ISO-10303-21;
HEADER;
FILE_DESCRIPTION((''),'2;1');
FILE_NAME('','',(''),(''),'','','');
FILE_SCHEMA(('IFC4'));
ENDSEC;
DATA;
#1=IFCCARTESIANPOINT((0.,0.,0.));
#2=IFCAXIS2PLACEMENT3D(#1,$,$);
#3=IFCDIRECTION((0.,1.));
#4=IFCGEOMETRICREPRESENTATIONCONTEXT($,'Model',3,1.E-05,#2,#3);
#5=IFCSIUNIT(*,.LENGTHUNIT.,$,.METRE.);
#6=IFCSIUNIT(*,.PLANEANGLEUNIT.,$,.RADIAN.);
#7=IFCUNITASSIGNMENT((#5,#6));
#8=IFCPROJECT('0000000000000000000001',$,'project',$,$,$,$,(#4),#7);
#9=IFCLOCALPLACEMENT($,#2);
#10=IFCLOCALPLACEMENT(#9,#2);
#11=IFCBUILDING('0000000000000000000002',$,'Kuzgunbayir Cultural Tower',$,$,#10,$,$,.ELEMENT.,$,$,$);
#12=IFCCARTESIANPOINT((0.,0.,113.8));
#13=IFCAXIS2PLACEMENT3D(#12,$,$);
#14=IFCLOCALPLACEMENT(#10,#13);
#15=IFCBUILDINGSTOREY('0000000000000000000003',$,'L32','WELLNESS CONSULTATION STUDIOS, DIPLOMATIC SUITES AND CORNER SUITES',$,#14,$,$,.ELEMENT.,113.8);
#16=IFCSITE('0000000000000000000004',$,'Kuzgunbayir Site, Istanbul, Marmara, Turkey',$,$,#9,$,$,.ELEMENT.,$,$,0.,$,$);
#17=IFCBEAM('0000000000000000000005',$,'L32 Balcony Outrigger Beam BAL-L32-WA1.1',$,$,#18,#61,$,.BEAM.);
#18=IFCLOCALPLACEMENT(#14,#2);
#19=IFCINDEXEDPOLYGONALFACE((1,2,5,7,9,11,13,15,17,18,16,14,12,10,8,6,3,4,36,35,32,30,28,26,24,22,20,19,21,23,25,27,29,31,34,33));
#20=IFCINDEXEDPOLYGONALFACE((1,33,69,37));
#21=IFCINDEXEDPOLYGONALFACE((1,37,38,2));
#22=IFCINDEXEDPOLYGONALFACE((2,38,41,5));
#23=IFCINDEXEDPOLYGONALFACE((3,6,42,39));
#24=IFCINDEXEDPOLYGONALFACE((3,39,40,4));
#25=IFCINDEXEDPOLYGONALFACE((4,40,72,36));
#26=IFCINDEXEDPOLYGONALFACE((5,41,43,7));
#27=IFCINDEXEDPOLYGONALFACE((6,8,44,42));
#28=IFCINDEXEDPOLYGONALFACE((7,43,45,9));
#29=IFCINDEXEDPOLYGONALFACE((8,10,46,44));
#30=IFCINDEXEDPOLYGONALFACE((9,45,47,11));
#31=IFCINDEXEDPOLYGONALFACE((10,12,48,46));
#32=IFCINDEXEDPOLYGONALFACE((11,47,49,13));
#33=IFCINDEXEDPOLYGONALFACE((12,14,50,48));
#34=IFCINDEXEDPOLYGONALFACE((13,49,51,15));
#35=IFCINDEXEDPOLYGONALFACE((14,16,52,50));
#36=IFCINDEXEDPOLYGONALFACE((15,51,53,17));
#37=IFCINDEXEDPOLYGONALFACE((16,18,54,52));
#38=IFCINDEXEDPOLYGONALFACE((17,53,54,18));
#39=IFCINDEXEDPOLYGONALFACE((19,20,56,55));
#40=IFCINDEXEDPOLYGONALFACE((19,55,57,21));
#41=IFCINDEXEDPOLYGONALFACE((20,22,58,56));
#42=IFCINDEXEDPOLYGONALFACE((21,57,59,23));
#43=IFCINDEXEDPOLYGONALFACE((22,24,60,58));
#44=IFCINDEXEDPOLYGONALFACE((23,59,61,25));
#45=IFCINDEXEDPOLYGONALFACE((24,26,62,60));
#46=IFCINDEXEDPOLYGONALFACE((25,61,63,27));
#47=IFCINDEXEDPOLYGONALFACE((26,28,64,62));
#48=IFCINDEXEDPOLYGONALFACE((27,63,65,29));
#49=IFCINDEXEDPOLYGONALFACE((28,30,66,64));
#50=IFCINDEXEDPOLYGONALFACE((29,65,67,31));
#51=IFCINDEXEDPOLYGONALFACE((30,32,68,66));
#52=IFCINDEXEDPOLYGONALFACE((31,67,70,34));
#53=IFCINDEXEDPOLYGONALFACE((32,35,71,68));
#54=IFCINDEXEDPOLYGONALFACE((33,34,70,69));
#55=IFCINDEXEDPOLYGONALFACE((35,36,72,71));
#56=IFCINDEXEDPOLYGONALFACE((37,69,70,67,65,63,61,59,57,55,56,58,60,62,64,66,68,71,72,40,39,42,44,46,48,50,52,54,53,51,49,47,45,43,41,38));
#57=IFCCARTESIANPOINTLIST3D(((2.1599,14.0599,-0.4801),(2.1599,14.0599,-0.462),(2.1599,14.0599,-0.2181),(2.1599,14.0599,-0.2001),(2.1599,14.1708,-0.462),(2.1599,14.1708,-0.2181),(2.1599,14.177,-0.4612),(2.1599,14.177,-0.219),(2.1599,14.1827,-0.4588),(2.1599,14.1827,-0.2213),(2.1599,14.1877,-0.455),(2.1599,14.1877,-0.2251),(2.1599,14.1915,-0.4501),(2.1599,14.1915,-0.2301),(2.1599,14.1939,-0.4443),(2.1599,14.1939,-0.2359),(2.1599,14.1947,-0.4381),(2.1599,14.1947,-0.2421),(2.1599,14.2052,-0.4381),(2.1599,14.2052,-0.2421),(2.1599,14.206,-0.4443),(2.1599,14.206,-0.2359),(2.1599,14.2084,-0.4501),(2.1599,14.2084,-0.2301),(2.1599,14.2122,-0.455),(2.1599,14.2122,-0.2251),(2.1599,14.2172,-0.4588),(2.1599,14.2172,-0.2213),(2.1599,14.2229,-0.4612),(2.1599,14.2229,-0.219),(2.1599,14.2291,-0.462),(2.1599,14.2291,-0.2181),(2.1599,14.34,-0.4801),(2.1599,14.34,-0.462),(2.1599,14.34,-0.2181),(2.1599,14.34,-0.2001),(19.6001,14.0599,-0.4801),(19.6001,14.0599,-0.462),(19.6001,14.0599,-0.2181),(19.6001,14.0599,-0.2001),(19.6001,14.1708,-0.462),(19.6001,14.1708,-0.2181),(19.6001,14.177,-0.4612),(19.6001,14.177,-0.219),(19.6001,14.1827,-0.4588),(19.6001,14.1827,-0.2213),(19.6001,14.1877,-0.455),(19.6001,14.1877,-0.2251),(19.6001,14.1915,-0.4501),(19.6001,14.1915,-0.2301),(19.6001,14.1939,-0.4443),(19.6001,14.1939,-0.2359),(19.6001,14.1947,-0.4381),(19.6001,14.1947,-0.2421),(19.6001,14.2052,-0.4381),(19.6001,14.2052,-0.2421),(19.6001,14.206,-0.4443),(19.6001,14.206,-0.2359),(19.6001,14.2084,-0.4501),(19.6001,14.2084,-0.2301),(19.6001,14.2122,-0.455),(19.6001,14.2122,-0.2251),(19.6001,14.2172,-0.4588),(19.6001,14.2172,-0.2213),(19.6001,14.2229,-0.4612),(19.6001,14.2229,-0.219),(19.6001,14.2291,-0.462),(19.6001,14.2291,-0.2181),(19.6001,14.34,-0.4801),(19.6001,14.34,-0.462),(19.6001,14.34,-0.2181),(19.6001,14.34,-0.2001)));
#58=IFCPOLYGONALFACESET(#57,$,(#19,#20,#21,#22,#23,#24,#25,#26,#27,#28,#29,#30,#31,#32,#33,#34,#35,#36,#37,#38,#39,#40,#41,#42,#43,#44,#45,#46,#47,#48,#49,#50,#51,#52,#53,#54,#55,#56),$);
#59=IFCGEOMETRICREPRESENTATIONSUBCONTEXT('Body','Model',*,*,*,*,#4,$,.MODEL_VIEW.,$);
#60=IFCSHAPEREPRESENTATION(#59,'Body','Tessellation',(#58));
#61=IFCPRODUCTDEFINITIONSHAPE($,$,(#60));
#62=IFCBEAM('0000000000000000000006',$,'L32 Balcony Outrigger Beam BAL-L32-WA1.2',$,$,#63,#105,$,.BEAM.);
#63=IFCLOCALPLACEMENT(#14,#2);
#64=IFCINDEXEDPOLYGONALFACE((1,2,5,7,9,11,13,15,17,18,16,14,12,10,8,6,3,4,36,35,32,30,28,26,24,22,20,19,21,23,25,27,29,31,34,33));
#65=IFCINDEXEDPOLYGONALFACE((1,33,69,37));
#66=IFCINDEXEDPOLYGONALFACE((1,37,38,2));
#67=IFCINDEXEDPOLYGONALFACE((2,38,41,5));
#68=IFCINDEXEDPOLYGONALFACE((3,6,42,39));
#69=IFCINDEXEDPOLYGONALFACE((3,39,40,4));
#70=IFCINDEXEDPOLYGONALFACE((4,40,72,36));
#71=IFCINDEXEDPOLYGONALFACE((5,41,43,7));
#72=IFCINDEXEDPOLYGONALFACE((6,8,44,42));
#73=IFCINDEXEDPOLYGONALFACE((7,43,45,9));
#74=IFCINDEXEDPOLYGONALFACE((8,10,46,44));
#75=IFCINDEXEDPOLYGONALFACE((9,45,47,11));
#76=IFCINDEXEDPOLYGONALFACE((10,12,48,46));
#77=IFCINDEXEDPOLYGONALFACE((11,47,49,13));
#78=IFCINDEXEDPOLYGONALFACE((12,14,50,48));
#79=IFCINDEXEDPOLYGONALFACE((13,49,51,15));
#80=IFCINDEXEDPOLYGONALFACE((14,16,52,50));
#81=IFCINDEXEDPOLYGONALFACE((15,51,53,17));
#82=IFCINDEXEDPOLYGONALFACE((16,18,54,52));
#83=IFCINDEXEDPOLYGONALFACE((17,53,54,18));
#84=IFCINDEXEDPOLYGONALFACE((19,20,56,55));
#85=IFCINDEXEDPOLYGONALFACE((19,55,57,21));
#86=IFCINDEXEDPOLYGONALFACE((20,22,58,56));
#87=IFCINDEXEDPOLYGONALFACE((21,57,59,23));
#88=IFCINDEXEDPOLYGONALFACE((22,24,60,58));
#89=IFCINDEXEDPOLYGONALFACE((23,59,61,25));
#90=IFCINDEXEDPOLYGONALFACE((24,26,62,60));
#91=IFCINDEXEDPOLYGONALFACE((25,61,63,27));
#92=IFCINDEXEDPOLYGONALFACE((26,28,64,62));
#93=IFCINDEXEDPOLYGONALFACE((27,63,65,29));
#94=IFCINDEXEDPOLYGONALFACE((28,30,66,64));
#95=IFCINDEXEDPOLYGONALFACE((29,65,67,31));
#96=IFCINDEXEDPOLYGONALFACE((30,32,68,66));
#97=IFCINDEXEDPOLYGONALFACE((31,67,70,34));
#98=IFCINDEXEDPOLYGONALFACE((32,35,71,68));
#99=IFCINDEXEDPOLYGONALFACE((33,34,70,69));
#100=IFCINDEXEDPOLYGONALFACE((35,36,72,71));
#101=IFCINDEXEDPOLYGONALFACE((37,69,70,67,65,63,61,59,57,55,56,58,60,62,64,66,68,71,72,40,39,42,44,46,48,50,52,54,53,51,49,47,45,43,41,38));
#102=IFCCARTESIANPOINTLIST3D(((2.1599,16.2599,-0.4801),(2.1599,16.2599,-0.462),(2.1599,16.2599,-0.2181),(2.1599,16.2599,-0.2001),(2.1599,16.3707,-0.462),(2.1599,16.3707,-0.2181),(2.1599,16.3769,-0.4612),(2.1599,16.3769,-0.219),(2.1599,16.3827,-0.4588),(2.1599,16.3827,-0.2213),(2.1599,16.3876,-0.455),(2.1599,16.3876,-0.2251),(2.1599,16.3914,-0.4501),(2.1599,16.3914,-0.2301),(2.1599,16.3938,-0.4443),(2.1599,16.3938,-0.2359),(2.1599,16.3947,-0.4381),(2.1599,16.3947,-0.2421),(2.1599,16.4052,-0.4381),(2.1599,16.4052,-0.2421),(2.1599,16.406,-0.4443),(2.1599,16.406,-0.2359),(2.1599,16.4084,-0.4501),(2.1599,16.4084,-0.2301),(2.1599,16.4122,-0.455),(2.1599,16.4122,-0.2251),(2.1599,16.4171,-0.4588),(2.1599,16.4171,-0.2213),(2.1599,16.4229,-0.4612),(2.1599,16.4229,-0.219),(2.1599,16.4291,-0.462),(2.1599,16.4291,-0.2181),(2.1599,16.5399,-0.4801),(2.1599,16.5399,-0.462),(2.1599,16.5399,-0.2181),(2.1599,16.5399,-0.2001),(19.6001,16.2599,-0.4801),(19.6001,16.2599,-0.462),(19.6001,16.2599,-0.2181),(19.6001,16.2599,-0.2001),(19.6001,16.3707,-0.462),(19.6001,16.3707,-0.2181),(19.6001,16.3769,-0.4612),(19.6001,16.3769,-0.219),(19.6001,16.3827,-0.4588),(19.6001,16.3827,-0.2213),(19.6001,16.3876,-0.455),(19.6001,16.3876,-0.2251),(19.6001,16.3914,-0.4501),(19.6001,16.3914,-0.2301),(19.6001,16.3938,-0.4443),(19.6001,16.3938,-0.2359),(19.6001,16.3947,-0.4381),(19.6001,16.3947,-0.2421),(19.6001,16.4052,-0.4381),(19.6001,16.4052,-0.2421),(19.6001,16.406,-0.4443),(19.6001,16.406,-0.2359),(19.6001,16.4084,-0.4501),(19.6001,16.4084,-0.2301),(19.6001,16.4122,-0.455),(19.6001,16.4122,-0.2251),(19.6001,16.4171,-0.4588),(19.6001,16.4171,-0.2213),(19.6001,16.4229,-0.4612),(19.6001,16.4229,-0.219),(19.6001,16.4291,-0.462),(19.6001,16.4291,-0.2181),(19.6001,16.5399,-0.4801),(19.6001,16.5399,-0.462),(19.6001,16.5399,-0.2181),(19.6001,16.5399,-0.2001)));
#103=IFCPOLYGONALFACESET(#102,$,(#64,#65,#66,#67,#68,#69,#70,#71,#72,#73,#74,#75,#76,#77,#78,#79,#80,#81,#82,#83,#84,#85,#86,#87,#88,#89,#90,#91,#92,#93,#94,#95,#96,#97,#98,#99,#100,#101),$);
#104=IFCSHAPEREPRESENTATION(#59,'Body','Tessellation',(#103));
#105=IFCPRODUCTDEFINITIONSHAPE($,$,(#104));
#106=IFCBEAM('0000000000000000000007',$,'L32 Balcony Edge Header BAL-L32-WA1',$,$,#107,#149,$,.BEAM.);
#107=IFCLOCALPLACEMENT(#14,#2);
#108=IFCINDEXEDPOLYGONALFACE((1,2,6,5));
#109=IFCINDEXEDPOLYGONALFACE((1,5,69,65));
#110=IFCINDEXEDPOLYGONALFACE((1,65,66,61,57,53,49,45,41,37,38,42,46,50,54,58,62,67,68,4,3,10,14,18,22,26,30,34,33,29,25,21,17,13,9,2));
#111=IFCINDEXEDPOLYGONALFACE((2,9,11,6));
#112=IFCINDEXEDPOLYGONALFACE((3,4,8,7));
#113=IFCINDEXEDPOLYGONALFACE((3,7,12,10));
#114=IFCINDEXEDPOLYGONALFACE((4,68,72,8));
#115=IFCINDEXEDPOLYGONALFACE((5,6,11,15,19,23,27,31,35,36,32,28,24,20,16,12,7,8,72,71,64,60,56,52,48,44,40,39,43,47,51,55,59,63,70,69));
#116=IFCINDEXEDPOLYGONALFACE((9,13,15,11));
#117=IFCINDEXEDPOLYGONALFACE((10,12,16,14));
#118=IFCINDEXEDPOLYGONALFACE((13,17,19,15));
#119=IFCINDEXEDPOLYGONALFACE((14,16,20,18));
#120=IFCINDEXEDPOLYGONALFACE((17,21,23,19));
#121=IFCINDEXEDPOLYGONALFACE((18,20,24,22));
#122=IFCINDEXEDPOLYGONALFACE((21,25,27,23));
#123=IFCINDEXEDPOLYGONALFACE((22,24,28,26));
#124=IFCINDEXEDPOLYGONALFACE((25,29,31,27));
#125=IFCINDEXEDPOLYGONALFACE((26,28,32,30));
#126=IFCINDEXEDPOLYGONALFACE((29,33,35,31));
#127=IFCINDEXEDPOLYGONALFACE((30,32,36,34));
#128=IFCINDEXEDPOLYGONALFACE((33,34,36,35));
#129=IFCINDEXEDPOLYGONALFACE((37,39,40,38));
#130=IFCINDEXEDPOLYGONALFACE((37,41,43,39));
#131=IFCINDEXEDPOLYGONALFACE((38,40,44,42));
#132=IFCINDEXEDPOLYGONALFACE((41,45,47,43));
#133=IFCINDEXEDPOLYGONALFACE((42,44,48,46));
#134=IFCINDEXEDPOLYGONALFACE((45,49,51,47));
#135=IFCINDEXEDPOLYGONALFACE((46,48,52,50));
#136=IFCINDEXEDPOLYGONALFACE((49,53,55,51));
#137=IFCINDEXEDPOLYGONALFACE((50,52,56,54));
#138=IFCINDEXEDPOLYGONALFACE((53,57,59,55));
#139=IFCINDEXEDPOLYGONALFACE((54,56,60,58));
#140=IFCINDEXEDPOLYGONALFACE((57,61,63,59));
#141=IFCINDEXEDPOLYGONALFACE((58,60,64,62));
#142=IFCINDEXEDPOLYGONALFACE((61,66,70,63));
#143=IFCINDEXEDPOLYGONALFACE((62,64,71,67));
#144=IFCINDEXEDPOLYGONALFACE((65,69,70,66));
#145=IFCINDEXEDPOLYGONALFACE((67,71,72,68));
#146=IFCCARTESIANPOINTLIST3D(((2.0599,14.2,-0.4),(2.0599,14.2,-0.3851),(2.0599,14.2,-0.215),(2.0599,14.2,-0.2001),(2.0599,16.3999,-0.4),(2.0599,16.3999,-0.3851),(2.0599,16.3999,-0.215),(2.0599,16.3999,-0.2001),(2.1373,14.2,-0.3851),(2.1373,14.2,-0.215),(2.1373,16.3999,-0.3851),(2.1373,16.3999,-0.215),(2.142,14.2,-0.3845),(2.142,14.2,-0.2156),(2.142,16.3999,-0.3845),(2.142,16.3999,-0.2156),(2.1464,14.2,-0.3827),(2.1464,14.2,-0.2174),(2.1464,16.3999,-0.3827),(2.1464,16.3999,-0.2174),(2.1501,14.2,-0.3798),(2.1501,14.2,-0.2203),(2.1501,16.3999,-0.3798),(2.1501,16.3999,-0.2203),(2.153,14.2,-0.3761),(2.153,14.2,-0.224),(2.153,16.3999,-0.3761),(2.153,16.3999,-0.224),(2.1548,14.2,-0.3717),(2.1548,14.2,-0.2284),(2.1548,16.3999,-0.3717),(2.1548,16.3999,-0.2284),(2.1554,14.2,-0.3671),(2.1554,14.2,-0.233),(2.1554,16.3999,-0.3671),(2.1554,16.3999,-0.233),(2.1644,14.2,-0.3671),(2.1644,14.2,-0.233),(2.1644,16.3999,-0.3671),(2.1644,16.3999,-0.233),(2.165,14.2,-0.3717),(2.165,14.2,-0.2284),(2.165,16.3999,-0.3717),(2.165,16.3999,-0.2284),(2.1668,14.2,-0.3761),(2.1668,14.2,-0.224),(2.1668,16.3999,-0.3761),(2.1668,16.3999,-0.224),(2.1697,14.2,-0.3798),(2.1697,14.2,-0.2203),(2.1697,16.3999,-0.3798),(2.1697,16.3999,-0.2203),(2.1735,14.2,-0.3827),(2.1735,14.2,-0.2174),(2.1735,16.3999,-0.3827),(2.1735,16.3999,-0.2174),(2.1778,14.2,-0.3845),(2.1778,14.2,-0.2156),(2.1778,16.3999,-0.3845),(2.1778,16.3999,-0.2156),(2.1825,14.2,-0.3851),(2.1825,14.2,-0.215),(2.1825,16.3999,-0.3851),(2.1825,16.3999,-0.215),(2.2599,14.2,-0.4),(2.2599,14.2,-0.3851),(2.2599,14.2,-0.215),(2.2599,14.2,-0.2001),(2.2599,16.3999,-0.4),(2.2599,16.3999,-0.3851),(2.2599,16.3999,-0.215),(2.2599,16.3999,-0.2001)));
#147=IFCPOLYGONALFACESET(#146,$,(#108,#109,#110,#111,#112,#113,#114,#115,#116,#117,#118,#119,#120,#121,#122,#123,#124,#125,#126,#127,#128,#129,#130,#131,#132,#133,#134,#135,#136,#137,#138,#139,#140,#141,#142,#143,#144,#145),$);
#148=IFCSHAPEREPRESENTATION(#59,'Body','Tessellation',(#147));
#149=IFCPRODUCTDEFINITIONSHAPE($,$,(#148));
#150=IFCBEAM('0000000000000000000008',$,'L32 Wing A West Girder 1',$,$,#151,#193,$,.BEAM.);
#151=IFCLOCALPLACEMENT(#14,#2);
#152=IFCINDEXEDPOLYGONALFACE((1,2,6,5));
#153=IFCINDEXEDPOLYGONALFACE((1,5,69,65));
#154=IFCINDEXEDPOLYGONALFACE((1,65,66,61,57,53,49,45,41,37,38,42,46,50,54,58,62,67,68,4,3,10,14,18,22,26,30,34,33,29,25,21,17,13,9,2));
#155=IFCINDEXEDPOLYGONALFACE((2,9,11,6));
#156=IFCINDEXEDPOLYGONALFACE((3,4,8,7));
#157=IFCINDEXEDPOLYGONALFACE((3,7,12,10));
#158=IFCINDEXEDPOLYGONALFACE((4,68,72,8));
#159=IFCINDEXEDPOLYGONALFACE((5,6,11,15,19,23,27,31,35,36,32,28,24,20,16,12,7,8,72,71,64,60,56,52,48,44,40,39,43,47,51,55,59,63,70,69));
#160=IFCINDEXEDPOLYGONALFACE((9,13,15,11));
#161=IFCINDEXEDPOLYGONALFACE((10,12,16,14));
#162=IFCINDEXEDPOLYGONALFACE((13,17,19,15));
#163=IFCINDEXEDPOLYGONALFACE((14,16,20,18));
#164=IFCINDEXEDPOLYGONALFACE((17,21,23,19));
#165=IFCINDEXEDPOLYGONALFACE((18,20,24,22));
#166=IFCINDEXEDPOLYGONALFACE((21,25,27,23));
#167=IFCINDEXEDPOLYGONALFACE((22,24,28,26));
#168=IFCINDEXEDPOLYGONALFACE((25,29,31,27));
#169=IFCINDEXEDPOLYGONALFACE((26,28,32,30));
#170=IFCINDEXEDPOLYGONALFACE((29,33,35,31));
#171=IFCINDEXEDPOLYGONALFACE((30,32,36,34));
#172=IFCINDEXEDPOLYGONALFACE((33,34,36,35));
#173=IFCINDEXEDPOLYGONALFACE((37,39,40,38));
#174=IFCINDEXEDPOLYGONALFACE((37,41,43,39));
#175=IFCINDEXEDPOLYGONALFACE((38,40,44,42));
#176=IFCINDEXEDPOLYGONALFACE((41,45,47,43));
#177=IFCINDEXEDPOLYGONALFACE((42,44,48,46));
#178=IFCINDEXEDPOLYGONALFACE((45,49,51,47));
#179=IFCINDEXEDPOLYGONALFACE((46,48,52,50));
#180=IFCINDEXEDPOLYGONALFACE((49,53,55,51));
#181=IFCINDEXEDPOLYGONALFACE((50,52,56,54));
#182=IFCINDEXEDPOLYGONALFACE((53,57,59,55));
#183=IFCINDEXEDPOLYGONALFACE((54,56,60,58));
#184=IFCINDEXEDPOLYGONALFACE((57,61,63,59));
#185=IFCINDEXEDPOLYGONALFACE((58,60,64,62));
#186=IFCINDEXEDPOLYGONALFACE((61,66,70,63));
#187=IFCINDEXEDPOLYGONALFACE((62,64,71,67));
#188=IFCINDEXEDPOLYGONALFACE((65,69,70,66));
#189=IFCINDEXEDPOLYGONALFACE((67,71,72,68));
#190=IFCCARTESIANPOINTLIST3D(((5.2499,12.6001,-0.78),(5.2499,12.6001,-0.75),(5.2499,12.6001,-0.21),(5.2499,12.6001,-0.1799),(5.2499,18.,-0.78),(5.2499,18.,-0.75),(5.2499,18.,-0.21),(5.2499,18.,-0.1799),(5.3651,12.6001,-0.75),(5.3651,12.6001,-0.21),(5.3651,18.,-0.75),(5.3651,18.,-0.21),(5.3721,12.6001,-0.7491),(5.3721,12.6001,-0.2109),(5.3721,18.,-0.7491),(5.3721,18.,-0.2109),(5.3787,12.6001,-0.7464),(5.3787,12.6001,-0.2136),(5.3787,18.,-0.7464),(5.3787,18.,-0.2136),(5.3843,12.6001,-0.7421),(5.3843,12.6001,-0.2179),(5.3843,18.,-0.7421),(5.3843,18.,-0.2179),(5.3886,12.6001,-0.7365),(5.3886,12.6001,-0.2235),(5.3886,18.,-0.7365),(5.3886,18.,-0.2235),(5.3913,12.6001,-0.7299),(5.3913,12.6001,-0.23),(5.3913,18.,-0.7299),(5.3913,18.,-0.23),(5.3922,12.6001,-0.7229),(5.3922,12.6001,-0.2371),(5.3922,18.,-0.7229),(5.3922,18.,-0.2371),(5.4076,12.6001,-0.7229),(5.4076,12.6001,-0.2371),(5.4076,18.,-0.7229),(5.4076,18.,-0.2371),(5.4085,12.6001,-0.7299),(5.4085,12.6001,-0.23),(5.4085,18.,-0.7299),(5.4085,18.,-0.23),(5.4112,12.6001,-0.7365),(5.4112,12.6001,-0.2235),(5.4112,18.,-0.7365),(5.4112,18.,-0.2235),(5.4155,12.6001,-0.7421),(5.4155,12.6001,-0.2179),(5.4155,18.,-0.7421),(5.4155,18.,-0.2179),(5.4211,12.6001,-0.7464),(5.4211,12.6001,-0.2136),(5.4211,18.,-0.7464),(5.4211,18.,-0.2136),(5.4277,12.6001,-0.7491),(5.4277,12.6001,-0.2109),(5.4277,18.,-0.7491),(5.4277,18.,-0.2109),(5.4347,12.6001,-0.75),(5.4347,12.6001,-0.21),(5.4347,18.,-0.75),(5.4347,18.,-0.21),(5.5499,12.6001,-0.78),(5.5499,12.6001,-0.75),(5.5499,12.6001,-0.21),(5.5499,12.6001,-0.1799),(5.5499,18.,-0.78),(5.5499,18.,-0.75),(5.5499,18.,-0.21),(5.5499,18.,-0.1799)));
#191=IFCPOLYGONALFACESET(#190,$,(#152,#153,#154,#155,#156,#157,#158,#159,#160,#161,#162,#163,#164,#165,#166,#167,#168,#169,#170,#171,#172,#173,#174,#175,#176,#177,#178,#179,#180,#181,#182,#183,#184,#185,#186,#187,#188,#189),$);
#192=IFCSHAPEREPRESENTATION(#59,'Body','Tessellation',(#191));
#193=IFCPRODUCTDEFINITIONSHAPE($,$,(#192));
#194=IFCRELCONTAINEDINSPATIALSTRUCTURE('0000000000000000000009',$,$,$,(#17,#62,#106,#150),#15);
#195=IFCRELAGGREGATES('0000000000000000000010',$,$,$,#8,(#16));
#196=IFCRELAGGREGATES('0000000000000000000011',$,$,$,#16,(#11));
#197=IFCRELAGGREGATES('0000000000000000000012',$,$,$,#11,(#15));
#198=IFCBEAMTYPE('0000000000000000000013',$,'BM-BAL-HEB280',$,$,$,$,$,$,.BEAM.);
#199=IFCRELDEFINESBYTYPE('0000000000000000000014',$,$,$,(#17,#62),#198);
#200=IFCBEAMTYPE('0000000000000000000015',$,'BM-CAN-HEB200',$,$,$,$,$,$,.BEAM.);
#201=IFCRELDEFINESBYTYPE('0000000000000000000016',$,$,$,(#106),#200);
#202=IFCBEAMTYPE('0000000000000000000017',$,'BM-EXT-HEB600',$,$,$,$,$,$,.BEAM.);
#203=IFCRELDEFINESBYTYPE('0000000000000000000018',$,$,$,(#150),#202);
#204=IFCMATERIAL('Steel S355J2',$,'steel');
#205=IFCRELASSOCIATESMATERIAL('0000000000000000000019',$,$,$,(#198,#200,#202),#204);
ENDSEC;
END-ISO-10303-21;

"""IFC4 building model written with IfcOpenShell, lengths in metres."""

from ifc_helpers import new_model, si_unit, direction, frame, origin, origin_2d, place, context, subcontext, project, spatial, i_section, extrude, material, material_profile, profile_set, type_object, element, save


model = new_model("IFC4")

# Units and contexts
model_context = context("Model", 3, precision=1e-05, world=origin(), true_north=direction((0.0, 1.0)))
body_context = subcontext(model_context, "Body", "Model", "MODEL_VIEW")
ifc_project = project(units=[si_unit("LENGTHUNIT", "METRE"), si_unit("PLANEANGLEUNIT", "RADIAN")], contexts=[model_context])

# Site, building, storey
site_placement = place(None, origin())
site = spatial("IfcSite", under=ifc_project, at=site_placement, Name="Kuzgunbayir Site, Istanbul, Marmara, Turkey", CompositionType="ELEMENT", RefElevation=0.0)
building_placement = place(site_placement, origin())
building = spatial("IfcBuilding", under=site, at=building_placement, Name="Kuzgunbayir Cultural Tower", CompositionType="ELEMENT")
storey_placement = place(building_placement, frame((0.0, 0.0, 113.8)))
storey = spatial("IfcBuildingStorey", under=building, at=storey_placement, Name="L32", Description="WELLNESS CONSULTATION STUDIOS, DIPLOMATIC SUITES AND CORNER SUITES", CompositionType="ELEMENT", Elevation=113.8)

# Beams
ifc_material_1 = material(Name="Steel S355J2", Category="steel")
ifc_material_profile_1 = material_profile(ifc_material_1, i_section(OverallWidth=0.28, OverallDepth=0.28, WebThickness=0.0105, FlangeThickness=0.0181, FilletRadius=0.0239, at=origin_2d()), Name="HEB 280")
ifc_profile_set_1 = profile_set([ifc_material_profile_1], Name="Steel S355J2")
beam_type_1 = type_object("IfcBeamType", Name="BM-BAL-HEB280", PredefinedType="BEAM", material=ifc_profile_set_1)
for number, where, z_axis, x_axis, name in (
    (1, (2.1599, 14.2, -0.3401), (1.0, 0.0, 0.0), (0.0, 1.0, 0.0), "L32 Balcony Outrigger Beam BAL-L32-WA1.1"),
    (2, (2.1599, 16.3999, -0.3401), (1.0, 0.0, 0.0), (0.0, 1.0, 0.0), "L32 Balcony Outrigger Beam BAL-L32-WA1.2"),
):
    element("IfcBeam", number, at=place(storey_placement, frame(where, z_axis=z_axis, x_axis=x_axis)), inside=storey, type_object=beam_type_1, Name=name, PredefinedType="BEAM", context=body_context, shape_type="SweptSolid", body=[
        extrude(i_section(OverallWidth=0.28, OverallDepth=0.28, WebThickness=0.0105, FlangeThickness=0.0181, FilletRadius=0.0239, at=origin_2d()), origin(), (0.0, 0.0, 1.0), 17.4402),
    ])
ifc_material_profile_2 = material_profile(ifc_material_1, i_section(OverallWidth=0.2, OverallDepth=0.2, WebThickness=0.009, FlangeThickness=0.0149, FilletRadius=0.0181, at=origin_2d()), Name="HEB 200")
ifc_profile_set_2 = profile_set([ifc_material_profile_2], Name="Steel S355J2")
beam_type_2 = type_object("IfcBeamType", Name="BM-CAN-HEB200", PredefinedType="BEAM", material=ifc_profile_set_2)
beam_1_placement = place(storey_placement, frame((2.1599, 14.2, -0.3), z_axis=(0.0, 1.0, 0.0), x_axis=(-1.0, 0.0, 0.0)))
element("IfcBeam", 3, at=beam_1_placement, inside=storey, type_object=beam_type_2, Name="L32 Balcony Edge Header BAL-L32-WA1", PredefinedType="BEAM", context=body_context, shape_type="SweptSolid", body=[
    extrude(i_section(OverallWidth=0.2, OverallDepth=0.2, WebThickness=0.009, FlangeThickness=0.0149, FilletRadius=0.0181, at=origin_2d()), origin(), (0.0, 0.0, 1.0), 2.2),
])
ifc_material_profile_3 = material_profile(ifc_material_1, i_section(OverallWidth=0.3, OverallDepth=0.6001, WebThickness=0.0154, FlangeThickness=0.03, FilletRadius=0.0271, at=origin_2d()), Name="HEB 600")
ifc_profile_set_3 = profile_set([ifc_material_profile_3], Name="Steel S355J2")
beam_type_3 = type_object("IfcBeamType", Name="BM-EXT-HEB600", PredefinedType="BEAM", material=ifc_profile_set_3)
beam_2_placement = place(storey_placement, frame((5.3999, 12.6001, -0.48), z_axis=(0.0, 1.0, 0.0), x_axis=(-1.0, 0.0, 0.0)))
element("IfcBeam", 4, at=beam_2_placement, inside=storey, type_object=beam_type_3, Name="L32 Wing A West Girder 1", PredefinedType="BEAM", context=body_context, shape_type="SweptSolid", body=[
    extrude(i_section(OverallWidth=0.3, OverallDepth=0.6001, WebThickness=0.0154, FlangeThickness=0.03, FilletRadius=0.0271, at=origin_2d()), origin(), (0.0, 0.0, 1.0), 5.3999),
])

save(model, "model.ifc")
